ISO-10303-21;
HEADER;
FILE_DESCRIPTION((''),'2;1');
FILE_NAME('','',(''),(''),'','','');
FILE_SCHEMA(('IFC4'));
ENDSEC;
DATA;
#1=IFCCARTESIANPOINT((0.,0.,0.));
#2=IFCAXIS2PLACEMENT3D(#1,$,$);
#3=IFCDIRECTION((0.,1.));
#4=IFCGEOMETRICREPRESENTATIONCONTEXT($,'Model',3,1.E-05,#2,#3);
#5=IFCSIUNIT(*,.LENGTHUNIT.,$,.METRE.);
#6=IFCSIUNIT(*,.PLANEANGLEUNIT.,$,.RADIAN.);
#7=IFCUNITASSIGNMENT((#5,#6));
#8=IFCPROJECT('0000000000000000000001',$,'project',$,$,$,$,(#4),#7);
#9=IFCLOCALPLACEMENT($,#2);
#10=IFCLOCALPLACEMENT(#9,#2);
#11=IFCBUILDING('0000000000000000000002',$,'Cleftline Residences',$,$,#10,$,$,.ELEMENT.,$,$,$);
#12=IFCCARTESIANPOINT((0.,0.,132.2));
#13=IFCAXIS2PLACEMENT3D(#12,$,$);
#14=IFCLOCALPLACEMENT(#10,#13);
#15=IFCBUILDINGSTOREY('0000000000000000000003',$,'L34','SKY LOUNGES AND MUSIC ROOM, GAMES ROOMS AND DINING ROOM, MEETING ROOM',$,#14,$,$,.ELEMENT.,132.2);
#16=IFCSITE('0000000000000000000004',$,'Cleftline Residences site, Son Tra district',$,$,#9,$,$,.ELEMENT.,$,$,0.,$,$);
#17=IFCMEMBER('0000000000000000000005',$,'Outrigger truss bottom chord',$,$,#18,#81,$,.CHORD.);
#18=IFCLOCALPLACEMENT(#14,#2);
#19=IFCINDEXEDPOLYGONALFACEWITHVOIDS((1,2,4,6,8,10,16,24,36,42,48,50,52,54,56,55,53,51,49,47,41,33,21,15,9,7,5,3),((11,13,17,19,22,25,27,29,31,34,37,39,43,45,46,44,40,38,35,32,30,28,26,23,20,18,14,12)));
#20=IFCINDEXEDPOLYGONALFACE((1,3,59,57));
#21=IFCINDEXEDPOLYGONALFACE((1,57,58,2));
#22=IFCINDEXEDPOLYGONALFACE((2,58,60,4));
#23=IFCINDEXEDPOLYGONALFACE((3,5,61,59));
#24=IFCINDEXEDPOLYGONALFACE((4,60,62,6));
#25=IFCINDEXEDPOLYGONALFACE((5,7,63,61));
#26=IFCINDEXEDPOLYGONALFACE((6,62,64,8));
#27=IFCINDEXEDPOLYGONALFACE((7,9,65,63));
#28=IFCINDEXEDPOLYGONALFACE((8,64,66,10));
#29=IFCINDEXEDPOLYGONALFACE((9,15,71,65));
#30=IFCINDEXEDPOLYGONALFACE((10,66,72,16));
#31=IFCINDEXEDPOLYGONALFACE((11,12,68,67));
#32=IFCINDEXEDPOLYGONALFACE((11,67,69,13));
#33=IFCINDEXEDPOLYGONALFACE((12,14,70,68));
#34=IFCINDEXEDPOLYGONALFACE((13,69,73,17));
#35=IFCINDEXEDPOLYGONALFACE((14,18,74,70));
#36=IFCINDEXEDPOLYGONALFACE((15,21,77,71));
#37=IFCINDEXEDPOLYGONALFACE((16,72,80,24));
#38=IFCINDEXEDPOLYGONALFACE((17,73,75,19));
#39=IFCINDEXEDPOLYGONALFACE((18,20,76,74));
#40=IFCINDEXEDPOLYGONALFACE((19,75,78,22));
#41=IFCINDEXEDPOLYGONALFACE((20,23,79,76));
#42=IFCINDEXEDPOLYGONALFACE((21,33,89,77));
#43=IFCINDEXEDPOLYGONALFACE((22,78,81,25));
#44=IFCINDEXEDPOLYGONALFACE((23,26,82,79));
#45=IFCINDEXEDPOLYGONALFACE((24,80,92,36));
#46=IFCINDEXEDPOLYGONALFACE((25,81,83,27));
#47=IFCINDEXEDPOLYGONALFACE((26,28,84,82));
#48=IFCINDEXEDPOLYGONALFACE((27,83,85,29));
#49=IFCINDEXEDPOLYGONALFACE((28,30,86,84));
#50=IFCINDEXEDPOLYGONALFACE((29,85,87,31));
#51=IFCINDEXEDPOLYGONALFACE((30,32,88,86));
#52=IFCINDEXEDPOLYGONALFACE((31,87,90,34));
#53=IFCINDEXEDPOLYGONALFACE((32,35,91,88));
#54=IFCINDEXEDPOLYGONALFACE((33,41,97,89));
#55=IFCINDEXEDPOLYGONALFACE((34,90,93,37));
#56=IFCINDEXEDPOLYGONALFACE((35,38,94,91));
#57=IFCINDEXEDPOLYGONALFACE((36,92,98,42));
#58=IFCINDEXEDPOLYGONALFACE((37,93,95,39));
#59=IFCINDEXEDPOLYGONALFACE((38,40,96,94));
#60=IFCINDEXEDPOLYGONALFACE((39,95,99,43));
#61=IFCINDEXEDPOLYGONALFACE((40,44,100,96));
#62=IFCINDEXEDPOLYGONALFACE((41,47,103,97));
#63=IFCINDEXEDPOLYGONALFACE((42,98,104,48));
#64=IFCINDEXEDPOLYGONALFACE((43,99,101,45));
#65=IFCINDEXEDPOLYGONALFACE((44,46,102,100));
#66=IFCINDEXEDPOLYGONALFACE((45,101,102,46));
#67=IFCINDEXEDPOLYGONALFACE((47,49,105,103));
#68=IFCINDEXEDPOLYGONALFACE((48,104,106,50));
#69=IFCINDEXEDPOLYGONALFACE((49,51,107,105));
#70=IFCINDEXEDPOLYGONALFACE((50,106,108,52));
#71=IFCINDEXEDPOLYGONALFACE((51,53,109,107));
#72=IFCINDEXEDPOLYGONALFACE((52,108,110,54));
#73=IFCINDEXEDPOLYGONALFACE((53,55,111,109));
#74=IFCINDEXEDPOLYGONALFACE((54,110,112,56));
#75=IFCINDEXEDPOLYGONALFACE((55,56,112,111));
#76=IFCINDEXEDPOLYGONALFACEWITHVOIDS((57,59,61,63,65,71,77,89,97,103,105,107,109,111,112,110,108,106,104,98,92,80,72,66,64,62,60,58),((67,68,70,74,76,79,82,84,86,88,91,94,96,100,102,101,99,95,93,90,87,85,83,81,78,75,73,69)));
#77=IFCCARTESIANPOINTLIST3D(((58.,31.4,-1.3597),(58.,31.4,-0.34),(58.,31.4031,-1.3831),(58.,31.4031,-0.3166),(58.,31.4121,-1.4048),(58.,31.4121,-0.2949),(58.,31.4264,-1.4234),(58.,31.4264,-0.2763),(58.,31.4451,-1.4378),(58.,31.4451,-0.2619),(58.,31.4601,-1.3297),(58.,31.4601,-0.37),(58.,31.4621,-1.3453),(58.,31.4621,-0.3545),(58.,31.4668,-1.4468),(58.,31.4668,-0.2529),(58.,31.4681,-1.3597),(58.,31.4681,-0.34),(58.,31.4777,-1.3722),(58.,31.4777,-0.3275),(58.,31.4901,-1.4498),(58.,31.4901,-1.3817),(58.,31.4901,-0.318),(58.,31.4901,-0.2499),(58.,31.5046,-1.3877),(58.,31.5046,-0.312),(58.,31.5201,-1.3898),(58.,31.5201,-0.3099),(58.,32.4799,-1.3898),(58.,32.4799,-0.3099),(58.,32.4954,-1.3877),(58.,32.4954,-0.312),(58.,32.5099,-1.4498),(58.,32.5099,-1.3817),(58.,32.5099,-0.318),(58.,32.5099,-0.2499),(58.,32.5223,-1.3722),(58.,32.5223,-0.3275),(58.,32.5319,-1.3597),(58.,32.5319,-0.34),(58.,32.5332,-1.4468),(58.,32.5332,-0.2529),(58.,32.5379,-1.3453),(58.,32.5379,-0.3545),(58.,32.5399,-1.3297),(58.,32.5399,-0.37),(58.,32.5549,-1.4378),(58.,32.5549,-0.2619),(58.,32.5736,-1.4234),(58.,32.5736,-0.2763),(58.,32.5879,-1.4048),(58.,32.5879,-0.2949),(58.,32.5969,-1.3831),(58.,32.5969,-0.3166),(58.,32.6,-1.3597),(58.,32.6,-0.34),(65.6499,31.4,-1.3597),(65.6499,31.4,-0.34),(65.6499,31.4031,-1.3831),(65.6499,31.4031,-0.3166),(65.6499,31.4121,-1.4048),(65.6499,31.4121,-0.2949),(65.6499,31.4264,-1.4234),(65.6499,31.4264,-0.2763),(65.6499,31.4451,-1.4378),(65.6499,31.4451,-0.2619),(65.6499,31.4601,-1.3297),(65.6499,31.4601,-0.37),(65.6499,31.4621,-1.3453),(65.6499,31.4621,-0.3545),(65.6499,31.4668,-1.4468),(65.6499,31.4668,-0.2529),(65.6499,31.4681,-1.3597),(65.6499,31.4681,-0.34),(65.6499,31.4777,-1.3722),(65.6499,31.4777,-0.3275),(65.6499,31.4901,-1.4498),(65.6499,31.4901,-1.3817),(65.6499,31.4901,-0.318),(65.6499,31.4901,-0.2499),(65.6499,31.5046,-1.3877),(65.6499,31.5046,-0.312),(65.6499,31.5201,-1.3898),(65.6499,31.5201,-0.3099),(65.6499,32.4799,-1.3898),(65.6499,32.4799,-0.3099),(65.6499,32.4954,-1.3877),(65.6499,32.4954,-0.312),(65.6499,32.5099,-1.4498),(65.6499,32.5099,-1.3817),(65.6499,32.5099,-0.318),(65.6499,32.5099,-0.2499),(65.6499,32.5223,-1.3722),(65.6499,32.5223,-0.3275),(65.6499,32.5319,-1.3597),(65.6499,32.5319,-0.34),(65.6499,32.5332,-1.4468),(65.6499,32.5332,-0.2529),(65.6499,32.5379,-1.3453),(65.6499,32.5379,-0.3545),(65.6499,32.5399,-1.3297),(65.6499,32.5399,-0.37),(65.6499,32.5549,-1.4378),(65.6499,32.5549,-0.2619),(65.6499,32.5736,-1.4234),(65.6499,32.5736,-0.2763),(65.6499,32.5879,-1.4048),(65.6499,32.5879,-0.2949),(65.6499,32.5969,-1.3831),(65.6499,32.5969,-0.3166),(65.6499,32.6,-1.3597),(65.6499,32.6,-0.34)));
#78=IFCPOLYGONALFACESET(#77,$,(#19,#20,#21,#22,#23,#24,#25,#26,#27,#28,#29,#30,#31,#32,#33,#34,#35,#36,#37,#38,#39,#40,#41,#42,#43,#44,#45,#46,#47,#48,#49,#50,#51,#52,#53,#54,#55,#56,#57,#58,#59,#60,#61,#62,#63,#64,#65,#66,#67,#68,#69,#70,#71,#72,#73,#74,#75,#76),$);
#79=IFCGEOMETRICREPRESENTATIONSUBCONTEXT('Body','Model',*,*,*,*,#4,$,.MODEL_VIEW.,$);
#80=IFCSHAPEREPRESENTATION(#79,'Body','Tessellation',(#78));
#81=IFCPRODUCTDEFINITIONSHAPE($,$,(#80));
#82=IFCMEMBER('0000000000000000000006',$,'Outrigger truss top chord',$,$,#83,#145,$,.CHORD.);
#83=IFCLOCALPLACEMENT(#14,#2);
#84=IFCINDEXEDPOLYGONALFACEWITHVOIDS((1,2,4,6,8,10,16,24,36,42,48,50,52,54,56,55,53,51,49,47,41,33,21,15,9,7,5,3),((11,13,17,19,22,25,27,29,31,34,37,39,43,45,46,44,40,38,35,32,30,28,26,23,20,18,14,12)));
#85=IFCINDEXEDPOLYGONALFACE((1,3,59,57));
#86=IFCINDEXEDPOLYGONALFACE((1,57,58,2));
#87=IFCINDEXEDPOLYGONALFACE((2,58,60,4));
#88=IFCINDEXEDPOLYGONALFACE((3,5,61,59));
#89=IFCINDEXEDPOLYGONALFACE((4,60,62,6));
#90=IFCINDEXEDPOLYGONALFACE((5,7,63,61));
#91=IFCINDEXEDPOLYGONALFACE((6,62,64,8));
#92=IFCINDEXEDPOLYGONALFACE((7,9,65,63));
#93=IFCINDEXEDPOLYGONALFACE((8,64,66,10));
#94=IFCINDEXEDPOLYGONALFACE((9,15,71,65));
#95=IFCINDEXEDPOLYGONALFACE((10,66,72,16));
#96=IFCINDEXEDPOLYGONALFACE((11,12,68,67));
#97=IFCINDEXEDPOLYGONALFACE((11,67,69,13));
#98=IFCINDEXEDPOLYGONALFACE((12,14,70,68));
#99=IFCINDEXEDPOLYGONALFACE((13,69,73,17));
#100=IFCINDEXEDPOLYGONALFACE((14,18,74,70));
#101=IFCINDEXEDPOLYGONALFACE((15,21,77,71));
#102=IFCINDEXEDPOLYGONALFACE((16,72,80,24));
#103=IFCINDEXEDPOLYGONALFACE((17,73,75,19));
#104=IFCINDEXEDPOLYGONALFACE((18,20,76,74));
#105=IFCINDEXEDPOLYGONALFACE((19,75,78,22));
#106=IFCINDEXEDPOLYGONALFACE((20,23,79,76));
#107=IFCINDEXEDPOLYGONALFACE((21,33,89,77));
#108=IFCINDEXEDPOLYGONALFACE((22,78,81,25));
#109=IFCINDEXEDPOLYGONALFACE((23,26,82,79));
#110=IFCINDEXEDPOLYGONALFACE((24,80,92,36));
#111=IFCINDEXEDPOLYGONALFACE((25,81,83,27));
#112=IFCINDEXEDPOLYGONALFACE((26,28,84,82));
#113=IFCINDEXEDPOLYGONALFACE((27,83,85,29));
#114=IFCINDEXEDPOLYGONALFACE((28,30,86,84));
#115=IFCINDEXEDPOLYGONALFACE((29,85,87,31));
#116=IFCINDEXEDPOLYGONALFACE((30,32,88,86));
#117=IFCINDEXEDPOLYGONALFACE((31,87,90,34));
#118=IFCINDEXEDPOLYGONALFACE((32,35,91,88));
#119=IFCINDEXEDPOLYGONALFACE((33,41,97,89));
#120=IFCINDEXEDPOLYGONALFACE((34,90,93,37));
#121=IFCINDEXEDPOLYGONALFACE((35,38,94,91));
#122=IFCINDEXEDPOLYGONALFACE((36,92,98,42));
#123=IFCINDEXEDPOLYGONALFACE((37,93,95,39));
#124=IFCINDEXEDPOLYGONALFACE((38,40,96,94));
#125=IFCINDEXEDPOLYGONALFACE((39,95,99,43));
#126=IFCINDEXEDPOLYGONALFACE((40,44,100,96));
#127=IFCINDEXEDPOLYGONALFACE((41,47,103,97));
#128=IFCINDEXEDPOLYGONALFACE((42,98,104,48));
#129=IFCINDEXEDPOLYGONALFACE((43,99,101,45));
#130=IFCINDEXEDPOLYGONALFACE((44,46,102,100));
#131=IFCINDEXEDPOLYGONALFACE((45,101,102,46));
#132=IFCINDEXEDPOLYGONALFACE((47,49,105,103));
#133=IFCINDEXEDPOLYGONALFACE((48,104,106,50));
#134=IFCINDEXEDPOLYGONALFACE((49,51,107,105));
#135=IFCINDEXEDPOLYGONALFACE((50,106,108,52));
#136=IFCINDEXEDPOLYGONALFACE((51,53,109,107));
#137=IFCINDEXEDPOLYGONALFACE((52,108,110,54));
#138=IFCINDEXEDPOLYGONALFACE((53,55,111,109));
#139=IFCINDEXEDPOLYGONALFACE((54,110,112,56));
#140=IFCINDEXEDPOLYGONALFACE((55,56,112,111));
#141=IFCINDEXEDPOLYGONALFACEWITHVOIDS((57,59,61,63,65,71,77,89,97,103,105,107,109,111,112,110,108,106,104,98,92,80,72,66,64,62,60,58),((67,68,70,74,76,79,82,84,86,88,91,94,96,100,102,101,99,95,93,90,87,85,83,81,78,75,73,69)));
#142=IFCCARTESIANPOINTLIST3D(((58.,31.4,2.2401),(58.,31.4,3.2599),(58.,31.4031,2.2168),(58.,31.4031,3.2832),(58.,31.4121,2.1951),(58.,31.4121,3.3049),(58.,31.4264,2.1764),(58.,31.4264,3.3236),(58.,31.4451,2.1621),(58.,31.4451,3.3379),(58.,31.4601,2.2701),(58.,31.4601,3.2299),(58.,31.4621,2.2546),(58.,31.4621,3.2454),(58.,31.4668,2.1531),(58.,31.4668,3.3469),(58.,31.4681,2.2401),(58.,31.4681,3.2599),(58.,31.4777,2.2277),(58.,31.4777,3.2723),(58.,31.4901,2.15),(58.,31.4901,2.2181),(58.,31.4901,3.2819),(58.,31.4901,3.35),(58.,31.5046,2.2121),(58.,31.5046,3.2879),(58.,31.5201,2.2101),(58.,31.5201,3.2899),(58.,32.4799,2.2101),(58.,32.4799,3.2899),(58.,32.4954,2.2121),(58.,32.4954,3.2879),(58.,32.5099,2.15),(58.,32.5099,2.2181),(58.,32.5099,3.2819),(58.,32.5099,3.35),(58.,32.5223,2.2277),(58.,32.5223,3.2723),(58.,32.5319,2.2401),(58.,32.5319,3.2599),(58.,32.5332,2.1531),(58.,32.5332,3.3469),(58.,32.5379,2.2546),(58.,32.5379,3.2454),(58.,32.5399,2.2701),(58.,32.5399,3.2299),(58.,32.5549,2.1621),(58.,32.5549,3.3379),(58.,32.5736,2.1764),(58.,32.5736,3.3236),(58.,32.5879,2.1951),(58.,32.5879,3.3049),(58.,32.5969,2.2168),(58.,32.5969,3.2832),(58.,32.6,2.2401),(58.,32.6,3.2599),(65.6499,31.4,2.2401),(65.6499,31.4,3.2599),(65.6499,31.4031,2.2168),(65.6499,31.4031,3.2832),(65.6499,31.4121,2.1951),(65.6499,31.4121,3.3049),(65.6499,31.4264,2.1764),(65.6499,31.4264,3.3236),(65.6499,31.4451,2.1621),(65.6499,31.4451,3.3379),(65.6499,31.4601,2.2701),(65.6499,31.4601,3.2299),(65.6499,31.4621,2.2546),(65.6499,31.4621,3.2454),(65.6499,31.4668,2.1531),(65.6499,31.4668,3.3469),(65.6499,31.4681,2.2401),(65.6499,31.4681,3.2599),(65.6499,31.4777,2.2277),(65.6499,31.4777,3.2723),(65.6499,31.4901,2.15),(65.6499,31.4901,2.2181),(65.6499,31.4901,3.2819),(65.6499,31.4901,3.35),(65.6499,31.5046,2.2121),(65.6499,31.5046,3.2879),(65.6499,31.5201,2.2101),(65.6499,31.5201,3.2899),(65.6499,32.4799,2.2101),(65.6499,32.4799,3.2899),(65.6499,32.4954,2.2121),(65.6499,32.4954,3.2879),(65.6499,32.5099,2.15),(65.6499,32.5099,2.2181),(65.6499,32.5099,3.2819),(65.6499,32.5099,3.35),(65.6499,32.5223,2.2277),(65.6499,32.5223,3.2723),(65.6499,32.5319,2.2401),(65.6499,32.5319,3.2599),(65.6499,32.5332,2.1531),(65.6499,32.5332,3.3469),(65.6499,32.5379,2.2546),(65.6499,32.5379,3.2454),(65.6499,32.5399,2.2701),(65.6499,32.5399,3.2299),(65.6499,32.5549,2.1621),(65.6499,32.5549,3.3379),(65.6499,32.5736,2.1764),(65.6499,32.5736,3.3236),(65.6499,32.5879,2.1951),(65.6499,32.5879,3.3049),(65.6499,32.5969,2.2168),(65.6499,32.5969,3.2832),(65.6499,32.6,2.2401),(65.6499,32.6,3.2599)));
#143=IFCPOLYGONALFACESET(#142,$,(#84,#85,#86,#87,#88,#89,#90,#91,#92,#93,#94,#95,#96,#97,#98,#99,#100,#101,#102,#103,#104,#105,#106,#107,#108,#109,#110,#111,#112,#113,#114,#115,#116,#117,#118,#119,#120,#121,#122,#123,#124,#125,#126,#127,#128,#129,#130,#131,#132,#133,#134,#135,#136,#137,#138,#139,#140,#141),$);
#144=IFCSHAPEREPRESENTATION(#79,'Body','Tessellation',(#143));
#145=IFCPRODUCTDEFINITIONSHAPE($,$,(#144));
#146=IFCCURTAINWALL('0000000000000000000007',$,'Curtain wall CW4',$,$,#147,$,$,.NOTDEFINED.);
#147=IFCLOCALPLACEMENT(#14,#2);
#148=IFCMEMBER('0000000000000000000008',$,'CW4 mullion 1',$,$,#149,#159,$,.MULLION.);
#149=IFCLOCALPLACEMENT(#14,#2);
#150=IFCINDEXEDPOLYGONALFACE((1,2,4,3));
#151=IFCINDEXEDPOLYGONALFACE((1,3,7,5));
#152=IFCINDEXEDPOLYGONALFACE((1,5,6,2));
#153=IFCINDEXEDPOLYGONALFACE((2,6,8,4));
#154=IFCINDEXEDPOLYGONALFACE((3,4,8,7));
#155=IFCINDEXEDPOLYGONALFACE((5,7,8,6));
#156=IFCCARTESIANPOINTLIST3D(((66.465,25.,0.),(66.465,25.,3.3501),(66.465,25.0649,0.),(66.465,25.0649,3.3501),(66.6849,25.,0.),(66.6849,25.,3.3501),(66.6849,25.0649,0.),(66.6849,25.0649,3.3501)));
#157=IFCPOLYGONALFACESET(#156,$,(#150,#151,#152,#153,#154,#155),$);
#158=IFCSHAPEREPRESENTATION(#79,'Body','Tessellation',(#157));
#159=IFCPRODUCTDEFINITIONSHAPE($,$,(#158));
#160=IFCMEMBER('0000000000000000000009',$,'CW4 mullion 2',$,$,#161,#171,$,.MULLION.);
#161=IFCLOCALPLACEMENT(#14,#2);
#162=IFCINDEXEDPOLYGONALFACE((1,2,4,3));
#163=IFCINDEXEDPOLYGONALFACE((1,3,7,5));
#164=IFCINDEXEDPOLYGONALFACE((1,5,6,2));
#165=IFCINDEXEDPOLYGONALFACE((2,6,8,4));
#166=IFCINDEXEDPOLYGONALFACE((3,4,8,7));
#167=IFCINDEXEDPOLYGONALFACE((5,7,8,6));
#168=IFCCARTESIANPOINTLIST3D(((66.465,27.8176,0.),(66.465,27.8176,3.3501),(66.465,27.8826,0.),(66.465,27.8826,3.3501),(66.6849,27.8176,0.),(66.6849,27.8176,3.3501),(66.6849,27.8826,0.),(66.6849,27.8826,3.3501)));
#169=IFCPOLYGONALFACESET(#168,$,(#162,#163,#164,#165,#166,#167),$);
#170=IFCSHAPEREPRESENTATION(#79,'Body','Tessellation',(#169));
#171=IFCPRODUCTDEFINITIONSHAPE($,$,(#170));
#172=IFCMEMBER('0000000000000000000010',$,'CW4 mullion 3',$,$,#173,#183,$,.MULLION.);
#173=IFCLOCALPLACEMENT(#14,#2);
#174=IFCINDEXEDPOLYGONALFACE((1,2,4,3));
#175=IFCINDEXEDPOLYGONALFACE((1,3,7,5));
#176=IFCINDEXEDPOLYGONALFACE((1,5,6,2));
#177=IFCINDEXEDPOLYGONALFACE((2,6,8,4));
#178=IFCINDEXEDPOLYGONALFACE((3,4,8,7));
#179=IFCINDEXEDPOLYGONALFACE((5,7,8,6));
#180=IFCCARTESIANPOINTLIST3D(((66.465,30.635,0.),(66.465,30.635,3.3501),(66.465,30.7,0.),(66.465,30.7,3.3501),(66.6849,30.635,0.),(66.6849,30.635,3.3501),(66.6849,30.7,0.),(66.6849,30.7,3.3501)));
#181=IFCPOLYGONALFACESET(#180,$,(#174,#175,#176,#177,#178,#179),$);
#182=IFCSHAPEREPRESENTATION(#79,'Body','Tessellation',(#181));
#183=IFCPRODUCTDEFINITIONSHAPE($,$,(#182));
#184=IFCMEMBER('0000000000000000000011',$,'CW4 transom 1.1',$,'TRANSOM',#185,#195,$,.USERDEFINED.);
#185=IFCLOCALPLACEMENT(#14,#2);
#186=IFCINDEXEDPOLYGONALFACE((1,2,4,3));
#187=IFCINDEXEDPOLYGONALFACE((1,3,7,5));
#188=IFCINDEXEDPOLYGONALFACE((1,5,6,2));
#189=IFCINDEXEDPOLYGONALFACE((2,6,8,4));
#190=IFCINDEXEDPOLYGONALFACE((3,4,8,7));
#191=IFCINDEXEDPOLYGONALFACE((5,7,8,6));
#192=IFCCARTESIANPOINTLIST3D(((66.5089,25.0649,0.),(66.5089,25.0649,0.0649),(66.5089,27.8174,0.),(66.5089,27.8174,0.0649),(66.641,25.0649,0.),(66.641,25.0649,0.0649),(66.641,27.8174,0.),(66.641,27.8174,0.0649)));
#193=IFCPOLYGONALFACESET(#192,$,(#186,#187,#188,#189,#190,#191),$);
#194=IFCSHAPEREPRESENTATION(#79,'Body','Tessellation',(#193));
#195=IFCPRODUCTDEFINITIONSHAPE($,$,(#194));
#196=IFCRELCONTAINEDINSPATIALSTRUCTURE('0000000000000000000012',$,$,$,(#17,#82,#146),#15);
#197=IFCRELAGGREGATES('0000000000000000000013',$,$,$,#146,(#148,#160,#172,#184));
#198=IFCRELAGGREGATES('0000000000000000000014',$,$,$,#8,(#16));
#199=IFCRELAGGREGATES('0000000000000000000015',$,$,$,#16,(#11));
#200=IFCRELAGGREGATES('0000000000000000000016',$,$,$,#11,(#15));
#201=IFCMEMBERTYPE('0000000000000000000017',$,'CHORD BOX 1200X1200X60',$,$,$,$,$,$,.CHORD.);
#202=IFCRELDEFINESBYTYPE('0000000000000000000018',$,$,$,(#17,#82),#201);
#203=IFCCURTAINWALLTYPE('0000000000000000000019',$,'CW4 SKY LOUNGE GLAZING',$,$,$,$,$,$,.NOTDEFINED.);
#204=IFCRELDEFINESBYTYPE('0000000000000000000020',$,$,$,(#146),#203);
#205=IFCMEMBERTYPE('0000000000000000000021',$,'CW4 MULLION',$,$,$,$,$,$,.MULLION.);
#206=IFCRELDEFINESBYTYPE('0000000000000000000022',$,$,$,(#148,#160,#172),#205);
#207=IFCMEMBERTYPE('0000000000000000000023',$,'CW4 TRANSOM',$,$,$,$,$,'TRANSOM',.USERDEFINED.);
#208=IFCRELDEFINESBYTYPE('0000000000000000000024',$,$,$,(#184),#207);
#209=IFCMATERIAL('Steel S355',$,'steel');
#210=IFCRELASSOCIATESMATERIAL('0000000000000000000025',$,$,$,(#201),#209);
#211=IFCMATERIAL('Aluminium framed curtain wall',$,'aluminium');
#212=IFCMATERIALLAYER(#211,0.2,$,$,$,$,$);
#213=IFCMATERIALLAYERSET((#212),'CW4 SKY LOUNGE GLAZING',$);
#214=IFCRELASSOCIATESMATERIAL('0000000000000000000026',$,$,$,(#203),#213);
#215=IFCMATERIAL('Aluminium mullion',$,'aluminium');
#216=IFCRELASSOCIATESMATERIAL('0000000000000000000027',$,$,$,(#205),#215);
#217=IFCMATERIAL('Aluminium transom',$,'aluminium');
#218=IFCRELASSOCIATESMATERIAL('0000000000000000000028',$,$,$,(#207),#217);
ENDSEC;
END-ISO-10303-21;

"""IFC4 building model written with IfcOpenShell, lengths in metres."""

from ifc_helpers import new_model, si_unit, direction, frame, origin, origin_2d, place, context, subcontext, project, spatial, rectangle, hollow_rectangle, extrude, material, layer, layer_set, material_profile, profile_set, type_object, element, aggregate, save


model = new_model("IFC4")

# Units and contexts
model_context = context("Model", 3, precision=1e-05, world=origin(), true_north=direction((0.0, 1.0)))
body_context = subcontext(model_context, "Body", "Model", "MODEL_VIEW")
ifc_project = project(units=[si_unit("LENGTHUNIT", "METRE"), si_unit("PLANEANGLEUNIT", "RADIAN")], contexts=[model_context])

# Site, building, storey
site_placement = place(None, origin())
site = spatial("IfcSite", under=ifc_project, at=site_placement, Name="Cleftline Residences site, Son Tra district", CompositionType="ELEMENT", RefElevation=0.0)
building_placement = place(site_placement, origin())
building = spatial("IfcBuilding", under=site, at=building_placement, Name="Cleftline Residences", CompositionType="ELEMENT")
storey_placement = place(building_placement, frame((0.0, 0.0, 132.2)))
storey = spatial("IfcBuildingStorey", under=building, at=storey_placement, Name="L34", Description="SKY LOUNGES AND MUSIC ROOM, GAMES ROOMS AND DINING ROOM, MEETING ROOM", CompositionType="ELEMENT", Elevation=132.2)

# Members
ifc_material_1 = material(Name="Steel S355", Category="steel")
ifc_material_profile_1 = material_profile(ifc_material_1, hollow_rectangle(XDim=1.2, YDim=1.2, WallThickness=0.0601, InnerFilletRadius=0.0601, OuterFilletRadius=0.0901, at=origin_2d()))
ifc_profile_set_1 = profile_set([ifc_material_profile_1], Name="Steel S355")
member_type_1 = type_object("IfcMemberType", Name="CHORD BOX 1200X1200X60", PredefinedType="CHORD", material=ifc_profile_set_1)
for number, where, z_axis, x_axis, name in (
    (1, (58.0, 32.0, -0.8499), (1.0, 0.0, 0.0), (0.0, 1.0, 0.0), "Outrigger truss bottom chord"),
    (2, (58.0, 32.0, 2.75), (1.0, 0.0, 0.0), (0.0, 1.0, 0.0), "Outrigger truss top chord"),
):
    element("IfcMember", number, at=place(storey_placement, frame(where, z_axis=z_axis, x_axis=x_axis)), inside=storey, type_object=member_type_1, Name=name, PredefinedType="CHORD", context=body_context, shape_type="SweptSolid", body=[
        extrude(hollow_rectangle(XDim=1.2, YDim=1.2, WallThickness=0.0601, InnerFilletRadius=0.0601, OuterFilletRadius=0.0901, at=origin_2d()), origin(), (0.0, 0.0, 1.0), 7.6499),
    ])

# Curtain wall, members
ifc_material_2 = material(Name="Aluminium framed curtain wall", Category="aluminium")
ifc_layer_1 = layer(ifc_material_2, 0.2)
ifc_layer_set_1 = layer_set([ifc_layer_1], Name="CW4 SKY LOUNGE GLAZING")
curtain_wall_type = type_object("IfcCurtainWallType", Name="CW4 SKY LOUNGE GLAZING", PredefinedType="NOTDEFINED", material=ifc_layer_set_1)
curtain_wall_placement = place(storey_placement, origin())
curtain_wall = element("IfcCurtainWall", 3, at=curtain_wall_placement, inside=storey, type_object=curtain_wall_type, Name="Curtain wall CW4", PredefinedType="NOTDEFINED")
ifc_material_3 = material(Name="Aluminium mullion", Category="aluminium")
ifc_material_profile_2 = material_profile(ifc_material_3, rectangle(XDim=0.22, YDim=0.0649, at=origin_2d()))
ifc_profile_set_2 = profile_set([ifc_material_profile_2], Name="Aluminium mullion")
member_type_2 = type_object("IfcMemberType", Name="CW4 MULLION", PredefinedType="MULLION", material=ifc_profile_set_2)
member_1_placement = place(storey_placement, frame((66.575, 25.0325, 0.0), z_axis=(0.0, 0.0, 1.0), x_axis=(-1.0, 0.0, 0.0)))
member_1 = element("IfcMember", 4, at=member_1_placement, type_object=member_type_2, Name="CW4 mullion 1", PredefinedType="MULLION", context=body_context, shape_type="SweptSolid", body=[
    extrude(rectangle(XDim=0.22, YDim=0.0649, at=origin_2d()), origin(), (0.0, 0.0, 1.0), 3.3501),
])
member_2_placement = place(storey_placement, frame((66.575, 27.8501, 0.0), z_axis=(0.0, 0.0, 1.0), x_axis=(-1.0, 0.0, 0.0)))
member_2 = element("IfcMember", 5, at=member_2_placement, type_object=member_type_2, Name="CW4 mullion 2", PredefinedType="MULLION", context=body_context, shape_type="SweptSolid", body=[
    extrude(rectangle(XDim=0.22, YDim=0.0649, at=origin_2d()), origin(), (0.0, 0.0, 1.0), 3.3501),
])
member_3_placement = place(storey_placement, frame((66.575, 30.6675, 0.0), z_axis=(0.0, 0.0, 1.0), x_axis=(-1.0, 0.0, 0.0)))
member_3 = element("IfcMember", 6, at=member_3_placement, type_object=member_type_2, Name="CW4 mullion 3", PredefinedType="MULLION", context=body_context, shape_type="SweptSolid", body=[
    extrude(rectangle(XDim=0.22, YDim=0.0649, at=origin_2d()), origin(), (0.0, 0.0, 1.0), 3.3501),
])
ifc_material_4 = material(Name="Aluminium transom", Category="aluminium")
ifc_material_profile_3 = material_profile(ifc_material_4, rectangle(XDim=0.1321, YDim=0.0649, at=origin_2d()))
ifc_profile_set_3 = profile_set([ifc_material_profile_3], Name="Aluminium transom")
member_type_3 = type_object("IfcMemberType", Name="CW4 TRANSOM", ElementType="TRANSOM", PredefinedType="USERDEFINED", material=ifc_profile_set_3)
member_4_placement = place(storey_placement, frame((66.575, 25.0649, 0.0325), z_axis=(0.0, 1.0, 0.0), x_axis=(-1.0, 0.0, 0.0)))
member_4 = element("IfcMember", 7, at=member_4_placement, type_object=member_type_3, Name="CW4 transom 1.1", ObjectType="TRANSOM", PredefinedType="USERDEFINED", context=body_context, shape_type="SweptSolid", body=[
    extrude(rectangle(XDim=0.1321, YDim=0.0649, at=origin_2d()), origin(), (0.0, 0.0, 1.0), 2.7524),
])
aggregate(curtain_wall, [member_1, member_2, member_3, member_4])

save(model, "model.ifc")
